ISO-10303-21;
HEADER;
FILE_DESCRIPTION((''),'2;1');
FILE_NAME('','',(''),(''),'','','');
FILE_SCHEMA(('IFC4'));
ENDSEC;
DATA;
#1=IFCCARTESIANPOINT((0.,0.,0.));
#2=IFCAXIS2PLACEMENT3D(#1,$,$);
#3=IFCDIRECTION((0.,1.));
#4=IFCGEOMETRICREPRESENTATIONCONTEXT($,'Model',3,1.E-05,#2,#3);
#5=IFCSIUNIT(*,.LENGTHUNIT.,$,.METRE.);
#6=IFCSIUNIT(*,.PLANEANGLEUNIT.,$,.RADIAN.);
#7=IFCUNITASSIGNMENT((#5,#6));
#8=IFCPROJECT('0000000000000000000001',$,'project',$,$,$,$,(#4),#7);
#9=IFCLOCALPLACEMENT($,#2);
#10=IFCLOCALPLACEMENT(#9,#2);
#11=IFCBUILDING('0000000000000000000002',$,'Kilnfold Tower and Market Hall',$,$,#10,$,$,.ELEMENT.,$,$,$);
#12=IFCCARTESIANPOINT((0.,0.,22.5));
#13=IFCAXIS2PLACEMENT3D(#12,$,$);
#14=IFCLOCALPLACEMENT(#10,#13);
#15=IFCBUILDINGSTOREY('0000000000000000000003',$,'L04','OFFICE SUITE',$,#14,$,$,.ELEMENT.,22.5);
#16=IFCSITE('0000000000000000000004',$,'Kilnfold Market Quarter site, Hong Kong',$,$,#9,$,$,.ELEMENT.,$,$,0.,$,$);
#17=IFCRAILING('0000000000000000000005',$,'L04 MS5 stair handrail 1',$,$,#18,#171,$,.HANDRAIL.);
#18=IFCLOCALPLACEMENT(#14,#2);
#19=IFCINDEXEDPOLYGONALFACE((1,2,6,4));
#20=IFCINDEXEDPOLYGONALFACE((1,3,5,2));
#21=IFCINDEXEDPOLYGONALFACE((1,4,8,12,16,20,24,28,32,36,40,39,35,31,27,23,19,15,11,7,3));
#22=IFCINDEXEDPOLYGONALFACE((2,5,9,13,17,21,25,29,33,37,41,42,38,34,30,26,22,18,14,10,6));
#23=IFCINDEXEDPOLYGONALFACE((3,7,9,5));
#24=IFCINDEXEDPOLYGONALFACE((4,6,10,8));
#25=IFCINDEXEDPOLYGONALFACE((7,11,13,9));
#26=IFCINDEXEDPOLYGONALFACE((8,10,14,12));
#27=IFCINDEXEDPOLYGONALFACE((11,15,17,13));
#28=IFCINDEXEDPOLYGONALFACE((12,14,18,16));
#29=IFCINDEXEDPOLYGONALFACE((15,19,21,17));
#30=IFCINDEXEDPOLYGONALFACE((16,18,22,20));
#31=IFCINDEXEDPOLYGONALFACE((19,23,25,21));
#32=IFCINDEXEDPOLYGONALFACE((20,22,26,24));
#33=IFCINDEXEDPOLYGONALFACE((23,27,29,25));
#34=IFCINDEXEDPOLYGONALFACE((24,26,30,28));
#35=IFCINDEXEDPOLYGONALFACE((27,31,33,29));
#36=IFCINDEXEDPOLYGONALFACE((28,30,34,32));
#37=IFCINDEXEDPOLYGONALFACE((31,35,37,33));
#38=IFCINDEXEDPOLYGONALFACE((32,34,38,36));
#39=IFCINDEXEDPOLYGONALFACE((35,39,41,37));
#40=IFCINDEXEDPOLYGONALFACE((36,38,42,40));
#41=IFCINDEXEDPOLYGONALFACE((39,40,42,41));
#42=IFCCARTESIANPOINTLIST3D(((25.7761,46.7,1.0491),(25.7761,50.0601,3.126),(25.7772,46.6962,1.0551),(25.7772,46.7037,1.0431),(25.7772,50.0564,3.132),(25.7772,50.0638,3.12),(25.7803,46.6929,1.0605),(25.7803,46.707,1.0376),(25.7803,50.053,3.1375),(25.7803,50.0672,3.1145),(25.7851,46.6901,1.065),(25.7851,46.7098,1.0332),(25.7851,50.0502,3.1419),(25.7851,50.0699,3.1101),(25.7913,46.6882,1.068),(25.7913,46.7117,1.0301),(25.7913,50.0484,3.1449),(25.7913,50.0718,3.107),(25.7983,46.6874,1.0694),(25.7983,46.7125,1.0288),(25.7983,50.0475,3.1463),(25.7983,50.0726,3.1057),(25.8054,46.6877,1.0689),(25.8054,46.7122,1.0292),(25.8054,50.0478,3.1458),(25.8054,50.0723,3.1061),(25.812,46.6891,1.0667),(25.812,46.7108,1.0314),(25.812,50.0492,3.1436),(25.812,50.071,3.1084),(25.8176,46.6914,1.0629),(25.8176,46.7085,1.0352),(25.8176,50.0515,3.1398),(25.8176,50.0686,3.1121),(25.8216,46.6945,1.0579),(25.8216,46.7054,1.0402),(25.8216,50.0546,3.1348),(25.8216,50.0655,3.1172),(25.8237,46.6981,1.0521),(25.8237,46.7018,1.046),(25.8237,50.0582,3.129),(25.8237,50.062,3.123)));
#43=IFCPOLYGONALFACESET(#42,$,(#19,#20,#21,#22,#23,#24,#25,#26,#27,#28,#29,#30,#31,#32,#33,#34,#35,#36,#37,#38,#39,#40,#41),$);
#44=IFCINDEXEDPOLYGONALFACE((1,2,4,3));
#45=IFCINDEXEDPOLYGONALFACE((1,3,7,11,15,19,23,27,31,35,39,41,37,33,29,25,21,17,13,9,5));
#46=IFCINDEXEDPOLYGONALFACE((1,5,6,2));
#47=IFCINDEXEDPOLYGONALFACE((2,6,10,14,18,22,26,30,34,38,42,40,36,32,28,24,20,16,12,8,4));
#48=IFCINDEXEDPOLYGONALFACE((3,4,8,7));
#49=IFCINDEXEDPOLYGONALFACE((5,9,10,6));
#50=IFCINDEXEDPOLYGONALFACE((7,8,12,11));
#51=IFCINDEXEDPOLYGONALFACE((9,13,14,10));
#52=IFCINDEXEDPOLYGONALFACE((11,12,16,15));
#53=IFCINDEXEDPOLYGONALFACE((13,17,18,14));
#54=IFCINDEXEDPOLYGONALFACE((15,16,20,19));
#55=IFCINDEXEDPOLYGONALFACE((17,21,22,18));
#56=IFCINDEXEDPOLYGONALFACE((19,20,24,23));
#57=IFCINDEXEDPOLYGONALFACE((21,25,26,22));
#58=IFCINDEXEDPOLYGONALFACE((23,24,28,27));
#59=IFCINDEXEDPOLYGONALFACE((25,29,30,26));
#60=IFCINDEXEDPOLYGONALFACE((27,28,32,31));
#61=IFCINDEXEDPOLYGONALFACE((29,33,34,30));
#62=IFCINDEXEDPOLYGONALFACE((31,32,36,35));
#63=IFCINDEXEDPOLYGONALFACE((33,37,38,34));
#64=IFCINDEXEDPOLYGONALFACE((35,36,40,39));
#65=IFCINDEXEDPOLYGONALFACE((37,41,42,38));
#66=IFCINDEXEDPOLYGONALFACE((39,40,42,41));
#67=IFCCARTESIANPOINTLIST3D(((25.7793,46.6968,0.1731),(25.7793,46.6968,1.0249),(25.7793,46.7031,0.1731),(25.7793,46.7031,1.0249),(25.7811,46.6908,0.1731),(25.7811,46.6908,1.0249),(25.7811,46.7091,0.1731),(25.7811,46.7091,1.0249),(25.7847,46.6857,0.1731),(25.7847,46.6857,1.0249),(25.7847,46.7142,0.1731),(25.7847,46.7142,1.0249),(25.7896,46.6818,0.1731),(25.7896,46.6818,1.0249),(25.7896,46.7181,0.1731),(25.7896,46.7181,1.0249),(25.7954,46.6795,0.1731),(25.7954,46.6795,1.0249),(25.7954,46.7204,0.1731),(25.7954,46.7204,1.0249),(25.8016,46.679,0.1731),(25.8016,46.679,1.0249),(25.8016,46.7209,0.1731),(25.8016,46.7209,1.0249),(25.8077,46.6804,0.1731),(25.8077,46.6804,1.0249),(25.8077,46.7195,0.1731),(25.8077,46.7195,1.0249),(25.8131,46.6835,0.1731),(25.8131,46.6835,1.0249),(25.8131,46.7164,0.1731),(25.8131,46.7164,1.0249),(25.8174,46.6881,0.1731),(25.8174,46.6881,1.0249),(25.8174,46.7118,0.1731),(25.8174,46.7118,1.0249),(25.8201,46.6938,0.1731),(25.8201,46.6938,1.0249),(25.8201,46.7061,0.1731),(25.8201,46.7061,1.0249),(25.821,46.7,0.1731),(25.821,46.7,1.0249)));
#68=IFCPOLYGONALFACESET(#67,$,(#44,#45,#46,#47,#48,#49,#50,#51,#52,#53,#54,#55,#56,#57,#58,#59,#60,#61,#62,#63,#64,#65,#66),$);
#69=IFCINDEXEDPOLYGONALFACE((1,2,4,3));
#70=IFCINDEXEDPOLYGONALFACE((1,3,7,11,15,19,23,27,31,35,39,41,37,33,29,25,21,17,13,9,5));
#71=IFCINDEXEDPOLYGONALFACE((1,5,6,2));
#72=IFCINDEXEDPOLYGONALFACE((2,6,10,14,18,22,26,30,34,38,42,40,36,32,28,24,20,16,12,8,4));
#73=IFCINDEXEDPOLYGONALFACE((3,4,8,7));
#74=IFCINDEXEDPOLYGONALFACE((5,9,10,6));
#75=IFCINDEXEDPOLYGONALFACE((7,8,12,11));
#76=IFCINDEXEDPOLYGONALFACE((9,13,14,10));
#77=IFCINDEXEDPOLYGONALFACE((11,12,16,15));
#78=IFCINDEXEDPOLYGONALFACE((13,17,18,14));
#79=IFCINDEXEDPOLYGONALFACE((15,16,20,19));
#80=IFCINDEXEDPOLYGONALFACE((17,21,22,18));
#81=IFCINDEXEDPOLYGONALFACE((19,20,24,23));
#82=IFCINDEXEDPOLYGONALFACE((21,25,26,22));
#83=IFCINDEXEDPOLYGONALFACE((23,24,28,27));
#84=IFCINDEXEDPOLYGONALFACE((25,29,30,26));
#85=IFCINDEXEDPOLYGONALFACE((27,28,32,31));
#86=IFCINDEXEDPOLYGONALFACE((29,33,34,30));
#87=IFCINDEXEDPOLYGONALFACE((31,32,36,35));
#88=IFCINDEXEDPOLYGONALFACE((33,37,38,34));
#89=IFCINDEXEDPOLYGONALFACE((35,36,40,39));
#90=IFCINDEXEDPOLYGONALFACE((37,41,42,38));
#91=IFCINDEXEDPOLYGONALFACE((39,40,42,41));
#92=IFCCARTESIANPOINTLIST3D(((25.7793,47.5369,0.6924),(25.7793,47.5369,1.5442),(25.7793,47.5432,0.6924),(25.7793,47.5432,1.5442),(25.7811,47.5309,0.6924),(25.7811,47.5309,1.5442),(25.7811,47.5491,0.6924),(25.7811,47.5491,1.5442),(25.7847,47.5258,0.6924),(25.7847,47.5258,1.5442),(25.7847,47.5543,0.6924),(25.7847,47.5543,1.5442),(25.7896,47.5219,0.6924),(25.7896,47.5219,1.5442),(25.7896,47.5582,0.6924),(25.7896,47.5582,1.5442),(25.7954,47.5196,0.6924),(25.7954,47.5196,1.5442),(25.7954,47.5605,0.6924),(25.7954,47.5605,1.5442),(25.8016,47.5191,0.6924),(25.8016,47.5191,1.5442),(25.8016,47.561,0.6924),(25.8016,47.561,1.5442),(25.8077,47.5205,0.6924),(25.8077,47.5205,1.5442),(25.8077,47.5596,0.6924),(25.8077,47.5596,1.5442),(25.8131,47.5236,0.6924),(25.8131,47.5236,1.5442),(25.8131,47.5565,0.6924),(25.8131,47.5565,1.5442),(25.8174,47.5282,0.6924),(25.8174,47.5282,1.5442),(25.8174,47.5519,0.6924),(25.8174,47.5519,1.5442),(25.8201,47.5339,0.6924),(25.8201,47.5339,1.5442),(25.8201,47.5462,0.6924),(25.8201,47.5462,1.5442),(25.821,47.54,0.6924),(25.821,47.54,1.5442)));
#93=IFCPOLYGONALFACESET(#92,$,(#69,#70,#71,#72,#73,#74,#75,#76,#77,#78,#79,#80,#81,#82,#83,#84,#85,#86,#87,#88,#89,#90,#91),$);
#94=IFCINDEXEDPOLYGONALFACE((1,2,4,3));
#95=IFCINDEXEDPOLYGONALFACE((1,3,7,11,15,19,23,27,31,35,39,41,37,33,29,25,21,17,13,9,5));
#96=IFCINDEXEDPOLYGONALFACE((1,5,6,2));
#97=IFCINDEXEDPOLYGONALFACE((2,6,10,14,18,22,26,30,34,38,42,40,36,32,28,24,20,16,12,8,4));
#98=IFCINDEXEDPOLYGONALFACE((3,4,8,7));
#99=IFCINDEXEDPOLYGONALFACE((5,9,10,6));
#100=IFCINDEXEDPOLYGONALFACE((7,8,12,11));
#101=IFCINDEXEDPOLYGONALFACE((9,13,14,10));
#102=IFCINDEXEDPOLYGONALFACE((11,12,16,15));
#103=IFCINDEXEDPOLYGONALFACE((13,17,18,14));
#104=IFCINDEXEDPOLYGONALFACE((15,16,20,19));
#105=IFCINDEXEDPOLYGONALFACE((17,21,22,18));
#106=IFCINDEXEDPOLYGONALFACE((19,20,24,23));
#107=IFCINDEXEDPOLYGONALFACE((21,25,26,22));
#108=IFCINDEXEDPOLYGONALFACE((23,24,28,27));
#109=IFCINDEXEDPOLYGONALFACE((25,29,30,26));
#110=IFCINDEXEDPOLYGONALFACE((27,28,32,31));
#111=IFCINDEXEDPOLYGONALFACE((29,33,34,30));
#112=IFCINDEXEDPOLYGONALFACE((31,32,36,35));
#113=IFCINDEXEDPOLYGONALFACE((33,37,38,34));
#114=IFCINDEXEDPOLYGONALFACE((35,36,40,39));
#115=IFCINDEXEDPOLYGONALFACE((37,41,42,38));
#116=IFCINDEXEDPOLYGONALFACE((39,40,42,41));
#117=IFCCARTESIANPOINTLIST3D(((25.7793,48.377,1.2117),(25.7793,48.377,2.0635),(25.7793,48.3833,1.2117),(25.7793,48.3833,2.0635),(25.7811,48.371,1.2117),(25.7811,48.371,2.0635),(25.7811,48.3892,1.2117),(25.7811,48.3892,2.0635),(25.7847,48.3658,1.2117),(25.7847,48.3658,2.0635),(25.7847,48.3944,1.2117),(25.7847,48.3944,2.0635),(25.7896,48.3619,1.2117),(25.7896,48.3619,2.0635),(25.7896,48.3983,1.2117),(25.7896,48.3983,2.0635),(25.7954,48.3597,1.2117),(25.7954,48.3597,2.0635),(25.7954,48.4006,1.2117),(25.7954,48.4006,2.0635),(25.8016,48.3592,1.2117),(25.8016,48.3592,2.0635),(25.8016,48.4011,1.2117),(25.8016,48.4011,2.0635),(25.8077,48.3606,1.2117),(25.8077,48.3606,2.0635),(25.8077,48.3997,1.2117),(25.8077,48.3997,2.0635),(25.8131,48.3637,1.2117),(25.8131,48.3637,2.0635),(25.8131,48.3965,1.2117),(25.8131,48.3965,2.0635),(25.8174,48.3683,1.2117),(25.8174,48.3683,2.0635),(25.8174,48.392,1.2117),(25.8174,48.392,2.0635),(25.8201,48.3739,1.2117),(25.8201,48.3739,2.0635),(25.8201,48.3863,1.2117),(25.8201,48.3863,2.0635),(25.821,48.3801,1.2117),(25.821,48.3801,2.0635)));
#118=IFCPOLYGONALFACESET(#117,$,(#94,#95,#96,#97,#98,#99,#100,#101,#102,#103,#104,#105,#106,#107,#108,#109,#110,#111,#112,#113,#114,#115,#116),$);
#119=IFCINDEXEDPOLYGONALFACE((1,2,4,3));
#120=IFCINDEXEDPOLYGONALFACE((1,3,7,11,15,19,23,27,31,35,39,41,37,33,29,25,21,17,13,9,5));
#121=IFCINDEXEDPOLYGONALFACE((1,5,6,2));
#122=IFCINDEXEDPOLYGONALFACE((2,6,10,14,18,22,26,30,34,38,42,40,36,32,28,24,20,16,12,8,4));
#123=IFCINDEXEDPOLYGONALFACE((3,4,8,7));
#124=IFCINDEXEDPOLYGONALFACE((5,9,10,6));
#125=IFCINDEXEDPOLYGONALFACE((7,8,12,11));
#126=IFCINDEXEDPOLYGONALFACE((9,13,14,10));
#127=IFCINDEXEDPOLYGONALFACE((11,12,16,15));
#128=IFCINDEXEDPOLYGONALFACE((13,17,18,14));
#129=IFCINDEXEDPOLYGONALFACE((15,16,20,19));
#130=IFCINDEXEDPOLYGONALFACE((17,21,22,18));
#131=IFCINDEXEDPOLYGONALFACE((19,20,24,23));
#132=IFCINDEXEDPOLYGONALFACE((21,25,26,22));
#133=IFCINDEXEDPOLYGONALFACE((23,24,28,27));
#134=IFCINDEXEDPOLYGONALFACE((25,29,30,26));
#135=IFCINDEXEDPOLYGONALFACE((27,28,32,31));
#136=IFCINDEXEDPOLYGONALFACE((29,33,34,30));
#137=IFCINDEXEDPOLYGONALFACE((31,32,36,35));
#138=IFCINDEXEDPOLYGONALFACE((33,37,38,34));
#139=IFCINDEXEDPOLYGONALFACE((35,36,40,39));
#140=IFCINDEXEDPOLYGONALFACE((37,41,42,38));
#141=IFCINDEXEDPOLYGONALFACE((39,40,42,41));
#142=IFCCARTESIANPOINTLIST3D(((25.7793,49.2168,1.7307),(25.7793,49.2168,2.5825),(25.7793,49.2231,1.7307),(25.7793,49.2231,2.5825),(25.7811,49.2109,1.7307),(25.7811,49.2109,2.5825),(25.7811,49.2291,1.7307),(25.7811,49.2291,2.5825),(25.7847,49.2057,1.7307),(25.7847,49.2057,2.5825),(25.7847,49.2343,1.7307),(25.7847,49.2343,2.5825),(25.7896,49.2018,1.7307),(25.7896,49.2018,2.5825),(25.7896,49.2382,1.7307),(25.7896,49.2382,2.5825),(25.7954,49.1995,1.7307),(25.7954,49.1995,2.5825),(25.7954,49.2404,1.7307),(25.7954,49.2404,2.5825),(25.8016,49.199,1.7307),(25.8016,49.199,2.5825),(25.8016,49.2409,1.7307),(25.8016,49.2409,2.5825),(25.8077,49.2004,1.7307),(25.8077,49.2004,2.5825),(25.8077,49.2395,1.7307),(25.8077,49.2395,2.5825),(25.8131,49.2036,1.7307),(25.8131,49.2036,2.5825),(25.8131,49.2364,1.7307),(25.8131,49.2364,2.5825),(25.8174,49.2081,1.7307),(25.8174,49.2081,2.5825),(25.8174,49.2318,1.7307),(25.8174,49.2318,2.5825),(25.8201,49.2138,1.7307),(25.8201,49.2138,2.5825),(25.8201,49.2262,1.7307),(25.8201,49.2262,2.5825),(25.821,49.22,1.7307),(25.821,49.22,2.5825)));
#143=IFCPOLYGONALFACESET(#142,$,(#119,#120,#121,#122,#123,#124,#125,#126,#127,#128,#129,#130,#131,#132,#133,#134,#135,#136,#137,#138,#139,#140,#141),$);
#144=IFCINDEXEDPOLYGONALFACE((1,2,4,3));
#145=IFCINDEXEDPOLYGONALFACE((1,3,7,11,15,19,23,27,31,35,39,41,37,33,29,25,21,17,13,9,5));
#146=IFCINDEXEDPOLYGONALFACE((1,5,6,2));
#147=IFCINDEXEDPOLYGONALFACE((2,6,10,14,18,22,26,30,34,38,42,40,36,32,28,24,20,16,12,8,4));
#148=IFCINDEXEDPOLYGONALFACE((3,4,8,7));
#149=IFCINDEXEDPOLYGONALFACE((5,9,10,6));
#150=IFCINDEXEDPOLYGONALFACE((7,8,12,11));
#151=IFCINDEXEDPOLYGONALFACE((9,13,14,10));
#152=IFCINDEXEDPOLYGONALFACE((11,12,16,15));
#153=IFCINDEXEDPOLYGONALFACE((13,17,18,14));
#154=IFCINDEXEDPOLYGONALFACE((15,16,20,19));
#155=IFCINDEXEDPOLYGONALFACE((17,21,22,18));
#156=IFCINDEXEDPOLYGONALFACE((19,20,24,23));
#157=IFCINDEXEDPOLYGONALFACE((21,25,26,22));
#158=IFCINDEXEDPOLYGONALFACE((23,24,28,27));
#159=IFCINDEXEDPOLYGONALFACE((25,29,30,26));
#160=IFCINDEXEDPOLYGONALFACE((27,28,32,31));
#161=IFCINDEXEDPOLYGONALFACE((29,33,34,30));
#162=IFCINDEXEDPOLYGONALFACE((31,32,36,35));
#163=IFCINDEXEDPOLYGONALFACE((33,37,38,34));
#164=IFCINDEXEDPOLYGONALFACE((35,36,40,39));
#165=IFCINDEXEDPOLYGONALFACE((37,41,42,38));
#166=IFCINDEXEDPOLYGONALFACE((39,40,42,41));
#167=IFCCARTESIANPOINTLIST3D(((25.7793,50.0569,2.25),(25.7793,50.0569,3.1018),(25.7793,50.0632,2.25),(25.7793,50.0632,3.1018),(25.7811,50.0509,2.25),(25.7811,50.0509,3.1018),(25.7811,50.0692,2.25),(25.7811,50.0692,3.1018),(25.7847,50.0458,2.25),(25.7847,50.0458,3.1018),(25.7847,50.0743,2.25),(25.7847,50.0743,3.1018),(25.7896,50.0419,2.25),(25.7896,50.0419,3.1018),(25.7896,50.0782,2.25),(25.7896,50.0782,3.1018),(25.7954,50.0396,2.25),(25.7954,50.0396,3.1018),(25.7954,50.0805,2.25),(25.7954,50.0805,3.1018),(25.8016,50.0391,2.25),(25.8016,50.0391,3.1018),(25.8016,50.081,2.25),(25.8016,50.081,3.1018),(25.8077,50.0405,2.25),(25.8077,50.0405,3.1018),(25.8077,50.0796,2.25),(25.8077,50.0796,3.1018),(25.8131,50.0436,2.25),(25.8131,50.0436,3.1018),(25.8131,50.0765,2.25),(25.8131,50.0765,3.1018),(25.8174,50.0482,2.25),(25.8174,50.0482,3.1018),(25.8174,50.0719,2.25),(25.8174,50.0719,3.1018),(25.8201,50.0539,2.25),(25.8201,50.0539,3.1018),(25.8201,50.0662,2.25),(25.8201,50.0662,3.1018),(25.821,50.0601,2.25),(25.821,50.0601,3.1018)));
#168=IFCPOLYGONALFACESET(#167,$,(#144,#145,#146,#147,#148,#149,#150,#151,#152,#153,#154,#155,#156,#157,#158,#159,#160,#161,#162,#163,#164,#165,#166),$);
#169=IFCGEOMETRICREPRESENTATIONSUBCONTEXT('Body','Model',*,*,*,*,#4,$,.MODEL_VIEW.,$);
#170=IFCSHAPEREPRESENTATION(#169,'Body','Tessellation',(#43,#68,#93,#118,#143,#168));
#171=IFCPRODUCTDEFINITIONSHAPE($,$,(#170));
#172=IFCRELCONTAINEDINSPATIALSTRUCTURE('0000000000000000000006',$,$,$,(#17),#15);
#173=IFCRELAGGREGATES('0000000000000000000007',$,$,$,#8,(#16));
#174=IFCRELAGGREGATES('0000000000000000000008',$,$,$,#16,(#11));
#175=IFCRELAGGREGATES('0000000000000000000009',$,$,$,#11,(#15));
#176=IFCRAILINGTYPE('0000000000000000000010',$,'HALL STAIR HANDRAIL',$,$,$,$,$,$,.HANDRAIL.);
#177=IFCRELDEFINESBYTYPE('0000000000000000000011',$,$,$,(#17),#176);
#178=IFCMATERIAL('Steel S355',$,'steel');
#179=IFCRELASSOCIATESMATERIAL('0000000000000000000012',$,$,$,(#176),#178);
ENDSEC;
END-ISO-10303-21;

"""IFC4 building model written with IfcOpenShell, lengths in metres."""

from ifc_helpers import new_model, si_unit, direction, frame, origin, origin_2d, place, context, subcontext, project, spatial, circle, extrude, material, type_object, element, save


model = new_model("IFC4")

# Units and contexts
model_context = context("Model", 3, precision=1e-05, world=origin(), true_north=direction((0.0, 1.0)))
body_context = subcontext(model_context, "Body", "Model", "MODEL_VIEW")
ifc_project = project(units=[si_unit("LENGTHUNIT", "METRE"), si_unit("PLANEANGLEUNIT", "RADIAN")], contexts=[model_context])

# Site, building, storey
site_placement = place(None, origin())
site = spatial("IfcSite", under=ifc_project, at=site_placement, Name="Kilnfold Market Quarter site, Hong Kong", CompositionType="ELEMENT", RefElevation=0.0)
building_placement = place(site_placement, origin())
building = spatial("IfcBuilding", under=site, at=building_placement, Name="Kilnfold Tower and Market Hall", CompositionType="ELEMENT")
storey_placement = place(building_placement, frame((0.0, 0.0, 22.5)))
storey = spatial("IfcBuildingStorey", under=building, at=storey_placement, Name="L04", Description="OFFICE SUITE", CompositionType="ELEMENT", Elevation=22.5)

# Railing
ifc_material_1 = material(Name="Steel S355", Category="steel")
railing_type_1 = type_object("IfcRailingType", Name="HALL STAIR HANDRAIL", PredefinedType="HANDRAIL", material=ifc_material_1)
railing_1_placement = place(storey_placement, frame((25.8, 46.7, 0.1731)))
element("IfcRailing", 1, at=railing_1_placement, inside=storey, type_object=railing_type_1, Name="L04 MS5 stair handrail 1", PredefinedType="HANDRAIL", context=body_context, shape_type="SweptSolid", body=[
    extrude(circle(Radius=0.0239, at=origin_2d()), frame((0.0, 0.0, 0.876), z_axis=(0.0, 0.850623, 0.525776), x_axis=(-1.0, 0.0, 0.0)), (0.0, 0.0, 1.0), 3.9502),
    extrude(circle(Radius=0.021, at=origin_2d()), origin(), (0.0, 0.0, 1.0), 0.8518),
    extrude(circle(Radius=0.021, at=origin_2d()), frame((0.0, 0.8401, 0.5193)), (0.0, 0.0, 1.0), 0.8518),
    extrude(circle(Radius=0.021, at=origin_2d()), frame((0.0, 1.6802, 1.0386)), (0.0, 0.0, 1.0), 0.8518),
    extrude(circle(Radius=0.021, at=origin_2d()), frame((0.0, 2.52, 1.5576)), (0.0, 0.0, 1.0), 0.8518),
    extrude(circle(Radius=0.021, at=origin_2d()), frame((0.0, 3.3601, 2.0769)), (0.0, 0.0, 1.0), 0.8518),
])

save(model, "model.ifc")
